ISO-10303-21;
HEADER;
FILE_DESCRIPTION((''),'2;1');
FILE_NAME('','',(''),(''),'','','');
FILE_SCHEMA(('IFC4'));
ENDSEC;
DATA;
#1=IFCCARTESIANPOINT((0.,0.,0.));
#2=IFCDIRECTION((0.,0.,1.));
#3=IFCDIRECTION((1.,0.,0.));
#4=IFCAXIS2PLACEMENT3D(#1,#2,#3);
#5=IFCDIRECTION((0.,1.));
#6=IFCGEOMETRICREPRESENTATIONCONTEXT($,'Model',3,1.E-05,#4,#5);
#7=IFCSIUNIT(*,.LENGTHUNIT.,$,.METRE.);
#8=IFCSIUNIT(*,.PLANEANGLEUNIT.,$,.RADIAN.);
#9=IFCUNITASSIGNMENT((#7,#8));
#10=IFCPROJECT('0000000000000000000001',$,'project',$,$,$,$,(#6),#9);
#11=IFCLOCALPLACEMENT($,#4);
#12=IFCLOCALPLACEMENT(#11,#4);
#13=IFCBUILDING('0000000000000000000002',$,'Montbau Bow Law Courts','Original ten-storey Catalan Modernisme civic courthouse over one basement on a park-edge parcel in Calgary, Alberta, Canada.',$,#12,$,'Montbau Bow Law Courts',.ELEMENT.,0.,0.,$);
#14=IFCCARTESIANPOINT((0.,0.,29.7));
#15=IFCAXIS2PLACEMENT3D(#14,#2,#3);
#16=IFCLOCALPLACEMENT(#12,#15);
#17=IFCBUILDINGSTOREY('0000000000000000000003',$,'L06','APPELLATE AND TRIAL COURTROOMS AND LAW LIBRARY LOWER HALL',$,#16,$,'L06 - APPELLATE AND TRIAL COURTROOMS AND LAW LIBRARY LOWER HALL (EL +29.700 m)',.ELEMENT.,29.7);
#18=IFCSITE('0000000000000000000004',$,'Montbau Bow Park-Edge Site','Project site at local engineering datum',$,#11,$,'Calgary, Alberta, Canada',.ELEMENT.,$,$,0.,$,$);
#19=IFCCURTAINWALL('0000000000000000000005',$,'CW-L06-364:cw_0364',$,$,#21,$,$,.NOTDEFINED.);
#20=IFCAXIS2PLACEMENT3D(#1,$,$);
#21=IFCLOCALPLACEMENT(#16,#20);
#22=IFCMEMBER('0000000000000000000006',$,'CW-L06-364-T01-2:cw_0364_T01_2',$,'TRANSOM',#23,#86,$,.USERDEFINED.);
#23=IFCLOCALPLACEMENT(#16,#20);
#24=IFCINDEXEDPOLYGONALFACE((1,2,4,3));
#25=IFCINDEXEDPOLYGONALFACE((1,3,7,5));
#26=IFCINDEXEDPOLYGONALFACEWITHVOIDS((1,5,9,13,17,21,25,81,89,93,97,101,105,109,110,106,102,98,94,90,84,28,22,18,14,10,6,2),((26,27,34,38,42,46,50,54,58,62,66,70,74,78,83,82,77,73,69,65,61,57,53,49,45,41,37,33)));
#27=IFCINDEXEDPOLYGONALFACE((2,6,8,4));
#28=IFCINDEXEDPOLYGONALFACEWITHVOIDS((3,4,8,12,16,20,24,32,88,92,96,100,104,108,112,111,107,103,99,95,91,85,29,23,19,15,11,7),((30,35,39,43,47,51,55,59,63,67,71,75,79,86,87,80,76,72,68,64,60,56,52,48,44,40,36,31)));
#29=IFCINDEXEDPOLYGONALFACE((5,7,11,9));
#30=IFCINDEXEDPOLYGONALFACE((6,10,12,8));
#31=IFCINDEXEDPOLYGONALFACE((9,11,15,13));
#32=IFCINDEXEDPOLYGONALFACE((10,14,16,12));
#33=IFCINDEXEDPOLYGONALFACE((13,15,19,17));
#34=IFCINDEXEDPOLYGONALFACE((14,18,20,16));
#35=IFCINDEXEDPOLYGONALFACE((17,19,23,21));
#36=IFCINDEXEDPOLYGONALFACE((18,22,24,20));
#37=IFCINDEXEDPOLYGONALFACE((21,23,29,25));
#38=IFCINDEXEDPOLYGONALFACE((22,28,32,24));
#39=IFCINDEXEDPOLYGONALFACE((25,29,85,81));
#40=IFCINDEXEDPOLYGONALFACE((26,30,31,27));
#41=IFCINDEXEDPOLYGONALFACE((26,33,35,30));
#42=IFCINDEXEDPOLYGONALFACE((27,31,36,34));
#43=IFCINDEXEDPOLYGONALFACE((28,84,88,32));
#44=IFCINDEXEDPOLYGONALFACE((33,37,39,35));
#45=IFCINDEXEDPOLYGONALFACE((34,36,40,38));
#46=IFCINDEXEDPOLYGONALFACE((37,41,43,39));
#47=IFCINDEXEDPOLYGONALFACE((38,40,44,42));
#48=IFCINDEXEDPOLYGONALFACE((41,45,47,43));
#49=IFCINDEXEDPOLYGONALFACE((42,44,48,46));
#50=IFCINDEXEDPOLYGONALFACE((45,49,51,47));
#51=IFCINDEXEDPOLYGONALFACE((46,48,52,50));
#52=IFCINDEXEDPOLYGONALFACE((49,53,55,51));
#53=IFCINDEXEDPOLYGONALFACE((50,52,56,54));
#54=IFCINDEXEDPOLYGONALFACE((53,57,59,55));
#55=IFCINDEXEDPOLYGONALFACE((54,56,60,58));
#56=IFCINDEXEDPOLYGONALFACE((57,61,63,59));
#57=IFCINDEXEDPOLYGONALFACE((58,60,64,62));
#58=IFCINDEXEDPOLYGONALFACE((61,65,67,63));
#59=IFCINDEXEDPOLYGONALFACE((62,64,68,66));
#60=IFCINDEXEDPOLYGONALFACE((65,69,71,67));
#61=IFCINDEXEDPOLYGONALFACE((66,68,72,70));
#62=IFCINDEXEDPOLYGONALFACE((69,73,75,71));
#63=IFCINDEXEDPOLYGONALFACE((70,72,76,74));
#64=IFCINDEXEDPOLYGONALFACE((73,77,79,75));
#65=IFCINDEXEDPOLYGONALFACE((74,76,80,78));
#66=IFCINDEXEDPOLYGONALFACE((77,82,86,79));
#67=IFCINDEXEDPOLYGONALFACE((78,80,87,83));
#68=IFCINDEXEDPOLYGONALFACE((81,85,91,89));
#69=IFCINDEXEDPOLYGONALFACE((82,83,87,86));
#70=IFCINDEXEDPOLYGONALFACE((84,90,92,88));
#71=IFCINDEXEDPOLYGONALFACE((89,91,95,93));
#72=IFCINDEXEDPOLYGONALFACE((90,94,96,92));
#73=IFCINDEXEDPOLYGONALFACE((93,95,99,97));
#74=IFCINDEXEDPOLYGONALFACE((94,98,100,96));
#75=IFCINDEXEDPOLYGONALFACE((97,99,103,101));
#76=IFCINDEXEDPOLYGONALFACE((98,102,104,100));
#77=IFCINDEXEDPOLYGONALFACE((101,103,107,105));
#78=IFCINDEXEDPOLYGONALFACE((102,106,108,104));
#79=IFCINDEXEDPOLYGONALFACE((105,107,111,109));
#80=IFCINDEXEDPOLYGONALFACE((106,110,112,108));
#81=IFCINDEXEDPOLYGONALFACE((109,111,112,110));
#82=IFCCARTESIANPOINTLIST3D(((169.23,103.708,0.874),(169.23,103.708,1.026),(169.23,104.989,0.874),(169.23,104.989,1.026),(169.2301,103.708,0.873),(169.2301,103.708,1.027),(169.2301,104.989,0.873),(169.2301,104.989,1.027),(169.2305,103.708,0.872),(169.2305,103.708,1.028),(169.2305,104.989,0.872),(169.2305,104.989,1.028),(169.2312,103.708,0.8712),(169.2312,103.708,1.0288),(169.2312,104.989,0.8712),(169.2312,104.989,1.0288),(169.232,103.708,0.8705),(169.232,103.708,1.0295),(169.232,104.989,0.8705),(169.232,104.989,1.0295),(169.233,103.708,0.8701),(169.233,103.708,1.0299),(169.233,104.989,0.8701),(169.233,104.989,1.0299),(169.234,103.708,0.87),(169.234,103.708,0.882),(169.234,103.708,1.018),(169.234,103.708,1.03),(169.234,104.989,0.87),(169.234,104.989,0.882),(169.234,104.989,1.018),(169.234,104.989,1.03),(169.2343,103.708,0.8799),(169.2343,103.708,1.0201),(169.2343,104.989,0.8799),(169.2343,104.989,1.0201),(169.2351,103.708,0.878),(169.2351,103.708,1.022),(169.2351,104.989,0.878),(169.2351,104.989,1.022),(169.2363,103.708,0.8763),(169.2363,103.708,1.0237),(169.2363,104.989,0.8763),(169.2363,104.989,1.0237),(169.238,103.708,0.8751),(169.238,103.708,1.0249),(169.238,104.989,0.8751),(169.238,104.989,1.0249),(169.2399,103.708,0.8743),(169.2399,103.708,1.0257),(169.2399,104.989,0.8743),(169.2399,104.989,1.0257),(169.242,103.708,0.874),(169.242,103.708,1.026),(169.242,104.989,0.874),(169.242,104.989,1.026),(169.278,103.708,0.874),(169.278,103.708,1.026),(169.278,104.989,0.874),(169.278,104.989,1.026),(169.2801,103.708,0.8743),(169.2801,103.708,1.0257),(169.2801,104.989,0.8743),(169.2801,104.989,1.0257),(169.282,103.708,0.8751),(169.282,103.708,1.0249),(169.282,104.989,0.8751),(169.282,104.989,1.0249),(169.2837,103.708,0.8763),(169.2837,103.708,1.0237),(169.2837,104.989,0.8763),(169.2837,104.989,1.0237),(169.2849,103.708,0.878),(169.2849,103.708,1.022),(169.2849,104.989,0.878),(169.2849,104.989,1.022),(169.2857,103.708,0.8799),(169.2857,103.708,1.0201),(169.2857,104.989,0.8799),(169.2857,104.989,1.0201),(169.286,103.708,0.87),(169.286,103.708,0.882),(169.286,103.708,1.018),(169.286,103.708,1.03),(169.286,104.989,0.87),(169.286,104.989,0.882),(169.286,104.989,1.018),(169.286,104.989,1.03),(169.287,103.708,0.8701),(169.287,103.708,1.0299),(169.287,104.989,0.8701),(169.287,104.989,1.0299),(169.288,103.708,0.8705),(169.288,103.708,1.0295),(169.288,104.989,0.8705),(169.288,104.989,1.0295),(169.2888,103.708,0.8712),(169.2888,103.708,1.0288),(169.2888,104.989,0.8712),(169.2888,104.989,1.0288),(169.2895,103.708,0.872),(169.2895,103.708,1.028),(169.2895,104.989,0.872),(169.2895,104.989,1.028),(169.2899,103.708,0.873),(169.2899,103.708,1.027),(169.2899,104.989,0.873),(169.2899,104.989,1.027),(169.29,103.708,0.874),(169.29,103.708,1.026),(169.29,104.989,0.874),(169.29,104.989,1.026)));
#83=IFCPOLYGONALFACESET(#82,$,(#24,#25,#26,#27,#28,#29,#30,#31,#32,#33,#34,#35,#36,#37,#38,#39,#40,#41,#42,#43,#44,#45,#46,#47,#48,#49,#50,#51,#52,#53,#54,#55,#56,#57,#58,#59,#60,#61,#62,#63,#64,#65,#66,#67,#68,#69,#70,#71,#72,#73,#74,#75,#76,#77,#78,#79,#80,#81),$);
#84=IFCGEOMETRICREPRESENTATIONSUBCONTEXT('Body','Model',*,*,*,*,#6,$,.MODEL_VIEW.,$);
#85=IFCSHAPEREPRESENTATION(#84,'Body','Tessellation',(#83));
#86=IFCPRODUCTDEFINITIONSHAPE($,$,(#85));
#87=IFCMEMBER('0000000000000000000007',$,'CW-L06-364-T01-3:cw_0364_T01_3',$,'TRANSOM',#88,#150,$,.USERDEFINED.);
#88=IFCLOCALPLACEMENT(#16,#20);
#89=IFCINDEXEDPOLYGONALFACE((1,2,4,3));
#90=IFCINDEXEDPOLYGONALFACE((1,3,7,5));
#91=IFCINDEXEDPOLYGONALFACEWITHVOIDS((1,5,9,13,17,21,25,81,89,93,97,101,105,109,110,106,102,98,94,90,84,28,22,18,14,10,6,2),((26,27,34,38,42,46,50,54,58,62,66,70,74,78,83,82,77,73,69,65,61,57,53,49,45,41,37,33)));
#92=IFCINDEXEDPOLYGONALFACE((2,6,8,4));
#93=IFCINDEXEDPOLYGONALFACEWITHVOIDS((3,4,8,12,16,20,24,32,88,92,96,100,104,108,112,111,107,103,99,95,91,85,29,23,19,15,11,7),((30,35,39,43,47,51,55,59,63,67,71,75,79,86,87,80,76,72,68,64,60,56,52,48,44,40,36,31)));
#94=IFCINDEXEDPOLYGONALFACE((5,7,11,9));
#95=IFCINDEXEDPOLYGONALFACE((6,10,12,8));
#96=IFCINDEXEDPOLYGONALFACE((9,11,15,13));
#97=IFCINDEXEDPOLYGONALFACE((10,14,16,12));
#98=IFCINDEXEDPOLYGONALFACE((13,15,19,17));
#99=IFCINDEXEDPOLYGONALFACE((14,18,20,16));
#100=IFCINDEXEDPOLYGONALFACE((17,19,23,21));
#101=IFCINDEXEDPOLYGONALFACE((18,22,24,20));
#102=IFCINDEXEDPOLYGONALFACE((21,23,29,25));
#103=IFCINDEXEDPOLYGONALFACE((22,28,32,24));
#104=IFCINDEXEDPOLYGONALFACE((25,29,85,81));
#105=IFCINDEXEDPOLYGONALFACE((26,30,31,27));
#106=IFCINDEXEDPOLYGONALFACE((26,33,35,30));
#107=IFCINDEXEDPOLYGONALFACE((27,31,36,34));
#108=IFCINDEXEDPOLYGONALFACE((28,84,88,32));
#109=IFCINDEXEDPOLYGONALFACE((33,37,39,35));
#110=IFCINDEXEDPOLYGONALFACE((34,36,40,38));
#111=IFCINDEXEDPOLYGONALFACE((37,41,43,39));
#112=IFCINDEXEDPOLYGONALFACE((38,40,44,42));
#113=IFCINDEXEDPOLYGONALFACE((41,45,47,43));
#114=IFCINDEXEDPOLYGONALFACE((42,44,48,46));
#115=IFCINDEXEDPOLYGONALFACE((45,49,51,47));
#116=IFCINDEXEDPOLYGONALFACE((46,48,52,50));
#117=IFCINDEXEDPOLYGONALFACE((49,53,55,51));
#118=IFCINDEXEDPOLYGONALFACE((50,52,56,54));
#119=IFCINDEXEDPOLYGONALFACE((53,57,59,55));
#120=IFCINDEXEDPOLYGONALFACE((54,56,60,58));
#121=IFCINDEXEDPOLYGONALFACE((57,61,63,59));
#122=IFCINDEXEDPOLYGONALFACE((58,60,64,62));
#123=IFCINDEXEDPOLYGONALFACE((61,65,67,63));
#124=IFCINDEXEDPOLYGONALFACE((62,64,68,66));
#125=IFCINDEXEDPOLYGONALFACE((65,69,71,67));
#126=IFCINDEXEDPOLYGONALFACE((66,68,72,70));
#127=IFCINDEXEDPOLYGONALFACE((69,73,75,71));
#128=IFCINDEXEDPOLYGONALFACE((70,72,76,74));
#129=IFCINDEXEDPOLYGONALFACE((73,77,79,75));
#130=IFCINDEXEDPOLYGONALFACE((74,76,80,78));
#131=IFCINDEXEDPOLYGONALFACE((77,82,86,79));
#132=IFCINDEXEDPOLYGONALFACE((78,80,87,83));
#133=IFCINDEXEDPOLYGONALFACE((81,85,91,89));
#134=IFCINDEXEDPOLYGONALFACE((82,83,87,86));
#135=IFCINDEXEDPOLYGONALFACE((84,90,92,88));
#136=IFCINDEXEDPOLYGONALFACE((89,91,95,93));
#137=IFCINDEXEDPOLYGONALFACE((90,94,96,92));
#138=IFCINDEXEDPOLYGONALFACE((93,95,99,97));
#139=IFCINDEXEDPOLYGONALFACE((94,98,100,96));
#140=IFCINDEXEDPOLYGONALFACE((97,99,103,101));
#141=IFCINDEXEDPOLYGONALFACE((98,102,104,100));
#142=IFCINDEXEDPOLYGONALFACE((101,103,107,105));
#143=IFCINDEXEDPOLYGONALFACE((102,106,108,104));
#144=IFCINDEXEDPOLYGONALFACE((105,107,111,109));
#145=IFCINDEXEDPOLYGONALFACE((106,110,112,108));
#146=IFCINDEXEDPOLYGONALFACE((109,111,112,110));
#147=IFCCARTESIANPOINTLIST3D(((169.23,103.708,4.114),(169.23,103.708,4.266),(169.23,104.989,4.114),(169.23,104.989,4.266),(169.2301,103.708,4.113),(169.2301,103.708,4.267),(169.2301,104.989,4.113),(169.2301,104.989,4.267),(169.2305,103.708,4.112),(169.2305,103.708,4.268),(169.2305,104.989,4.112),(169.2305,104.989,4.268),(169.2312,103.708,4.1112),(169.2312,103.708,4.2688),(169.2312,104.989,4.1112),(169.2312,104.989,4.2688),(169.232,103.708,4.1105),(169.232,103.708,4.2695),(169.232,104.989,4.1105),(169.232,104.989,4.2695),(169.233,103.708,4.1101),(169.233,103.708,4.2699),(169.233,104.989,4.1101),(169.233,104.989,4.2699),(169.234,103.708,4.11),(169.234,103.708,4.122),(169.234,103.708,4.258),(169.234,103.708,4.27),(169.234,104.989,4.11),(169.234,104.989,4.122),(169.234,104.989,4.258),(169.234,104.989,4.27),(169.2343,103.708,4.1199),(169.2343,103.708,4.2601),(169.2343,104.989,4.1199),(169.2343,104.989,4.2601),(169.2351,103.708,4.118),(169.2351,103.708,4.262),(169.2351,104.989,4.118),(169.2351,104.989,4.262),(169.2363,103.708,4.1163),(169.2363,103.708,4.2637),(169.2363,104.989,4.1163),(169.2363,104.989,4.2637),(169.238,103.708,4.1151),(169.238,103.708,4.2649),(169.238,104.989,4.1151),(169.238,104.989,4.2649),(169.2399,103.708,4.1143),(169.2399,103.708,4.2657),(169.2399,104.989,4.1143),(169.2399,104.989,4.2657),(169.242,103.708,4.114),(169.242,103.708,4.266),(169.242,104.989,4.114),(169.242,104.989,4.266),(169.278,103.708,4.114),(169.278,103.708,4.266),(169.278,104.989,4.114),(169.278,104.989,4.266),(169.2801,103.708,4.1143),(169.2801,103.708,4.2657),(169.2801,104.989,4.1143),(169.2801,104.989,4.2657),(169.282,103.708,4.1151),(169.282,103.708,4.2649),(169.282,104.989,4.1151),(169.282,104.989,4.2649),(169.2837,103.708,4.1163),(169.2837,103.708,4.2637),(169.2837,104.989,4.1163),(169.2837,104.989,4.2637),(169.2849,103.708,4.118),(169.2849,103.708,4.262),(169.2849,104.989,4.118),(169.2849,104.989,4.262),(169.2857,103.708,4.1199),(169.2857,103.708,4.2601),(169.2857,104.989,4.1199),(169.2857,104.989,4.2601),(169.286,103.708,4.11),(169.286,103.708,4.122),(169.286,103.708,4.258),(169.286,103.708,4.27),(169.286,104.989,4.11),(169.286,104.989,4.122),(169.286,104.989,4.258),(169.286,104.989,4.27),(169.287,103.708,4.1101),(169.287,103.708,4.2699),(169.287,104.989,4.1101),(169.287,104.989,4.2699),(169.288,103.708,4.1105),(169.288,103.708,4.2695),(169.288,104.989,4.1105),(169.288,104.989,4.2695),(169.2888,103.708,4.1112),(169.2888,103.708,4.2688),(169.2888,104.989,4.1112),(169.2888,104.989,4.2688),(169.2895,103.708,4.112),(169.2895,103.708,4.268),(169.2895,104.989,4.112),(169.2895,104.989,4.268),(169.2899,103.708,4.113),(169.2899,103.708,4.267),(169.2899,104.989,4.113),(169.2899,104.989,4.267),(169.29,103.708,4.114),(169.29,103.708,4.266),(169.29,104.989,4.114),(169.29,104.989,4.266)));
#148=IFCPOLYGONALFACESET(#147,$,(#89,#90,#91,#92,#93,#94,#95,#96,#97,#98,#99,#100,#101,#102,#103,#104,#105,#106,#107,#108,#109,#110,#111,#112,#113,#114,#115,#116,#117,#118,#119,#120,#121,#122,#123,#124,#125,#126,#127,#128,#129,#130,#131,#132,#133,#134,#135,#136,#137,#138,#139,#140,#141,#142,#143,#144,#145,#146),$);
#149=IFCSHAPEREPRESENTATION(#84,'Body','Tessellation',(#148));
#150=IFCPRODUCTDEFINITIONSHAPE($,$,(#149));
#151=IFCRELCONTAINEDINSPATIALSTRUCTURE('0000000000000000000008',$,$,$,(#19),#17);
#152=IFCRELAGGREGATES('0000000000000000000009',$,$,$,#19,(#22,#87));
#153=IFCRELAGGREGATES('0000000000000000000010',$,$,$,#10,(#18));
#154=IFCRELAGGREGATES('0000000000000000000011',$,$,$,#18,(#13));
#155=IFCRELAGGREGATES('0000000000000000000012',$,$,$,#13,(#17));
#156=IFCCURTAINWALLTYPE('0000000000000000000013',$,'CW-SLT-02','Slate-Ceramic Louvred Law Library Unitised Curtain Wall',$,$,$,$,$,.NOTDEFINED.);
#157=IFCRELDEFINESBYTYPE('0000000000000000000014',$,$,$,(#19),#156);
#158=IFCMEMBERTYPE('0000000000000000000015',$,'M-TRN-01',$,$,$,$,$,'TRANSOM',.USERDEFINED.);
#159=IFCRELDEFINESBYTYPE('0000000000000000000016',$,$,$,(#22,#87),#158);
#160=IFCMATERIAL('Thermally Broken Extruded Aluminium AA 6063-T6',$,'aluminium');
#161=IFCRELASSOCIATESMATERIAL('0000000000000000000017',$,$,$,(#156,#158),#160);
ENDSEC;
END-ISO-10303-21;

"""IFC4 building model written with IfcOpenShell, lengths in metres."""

from ifc_helpers import new_model, si_unit, direction, frame, origin_with_axes, origin_2d_with_axis, place, context, subcontext, project, spatial, hollow_rectangle, extrude, material, material_profile, profile_set, type_object, element, aggregate, save


model = new_model("IFC4")

# Units and contexts
model_context = context("Model", 3, precision=1e-05, world=origin_with_axes(), true_north=direction((0.0, 1.0)))
body_context = subcontext(model_context, "Body", "Model", "MODEL_VIEW")
ifc_project = project(units=[si_unit("LENGTHUNIT", "METRE"), si_unit("PLANEANGLEUNIT", "RADIAN")], contexts=[model_context])

# Site, building, storey
site_placement = place(None, origin_with_axes())
site = spatial("IfcSite", under=ifc_project, at=site_placement, Name="Montbau Bow Park-Edge Site", Description="Project site at local engineering datum", LongName="Calgary, Alberta, Canada", CompositionType="ELEMENT", RefElevation=0.0)
building_placement = place(site_placement, origin_with_axes())
building = spatial("IfcBuilding", under=site, at=building_placement, Name="Montbau Bow Law Courts", Description="Original ten-storey Catalan Modernisme civic courthouse over one basement on a park-edge parcel in Calgary, Alberta, Canada.", LongName="Montbau Bow Law Courts", CompositionType="ELEMENT", ElevationOfRefHeight=0.0, ElevationOfTerrain=0.0)
storey_placement = place(building_placement, frame((0.0, 0.0, 29.7), z_axis=(0.0, 0.0, 1.0), x_axis=(1.0, 0.0, 0.0)))
storey = spatial("IfcBuildingStorey", under=building, at=storey_placement, Name="L06", Description="APPELLATE AND TRIAL COURTROOMS AND LAW LIBRARY LOWER HALL", LongName="L06 - APPELLATE AND TRIAL COURTROOMS AND LAW LIBRARY LOWER HALL (EL +29.700 m)", CompositionType="ELEMENT", Elevation=29.7)

# Shared definitions
ifc_material_1 = material(Name="Thermally Broken Extruded Aluminium AA 6063-T6", Category="aluminium")
curtain_wall_type = type_object("IfcCurtainWallType", Name="CW-SLT-02", Description="Slate-Ceramic Louvred Law Library Unitised Curtain Wall", PredefinedType="NOTDEFINED", material=ifc_material_1)

# Curtain wall, members
curtain_wall_1_placement = place(None, frame((169.26, 103.64, 29.7), z_axis=(0.0, 0.0, 1.0), x_axis=(1.0, 0.0, 0.0)))
curtain_wall_1 = element("IfcCurtainWall", 1, at=curtain_wall_1_placement, inside=storey, type_object=curtain_wall_type, Name="CW-L06-364:cw_0364", PredefinedType="NOTDEFINED")
ifc_material_profile_1 = material_profile(ifc_material_1, hollow_rectangle(XDim=0.06, YDim=0.16, WallThickness=0.004, InnerFilletRadius=0.008, OuterFilletRadius=0.004, at=origin_2d_with_axis()), Name="CWT-160X60", Category="Main", Priority=0)
ifc_profile_set_1 = profile_set([ifc_material_profile_1], Name="Thermally Broken Extruded Aluminium AA 6063-T6")
member_type_1 = type_object("IfcMemberType", Name="M-TRN-01", ElementType="TRANSOM", PredefinedType="USERDEFINED", material=ifc_profile_set_1)
member_1_placement = place(None, frame((169.26, 103.708, 30.65), z_axis=(0.0, 1.0, 0.0), x_axis=(-1.0, 0.0, 0.0)))
member_1 = element("IfcMember", 2, at=member_1_placement, type_object=member_type_1, Name="CW-L06-364-T01-2:cw_0364_T01_2", ObjectType="TRANSOM", PredefinedType="USERDEFINED", context=body_context, shape_type="SweptSolid", body=[
    extrude(hollow_rectangle(XDim=0.06, YDim=0.16, WallThickness=0.004, InnerFilletRadius=0.008, OuterFilletRadius=0.004, at=origin_2d_with_axis()), origin_with_axes(), (0.0, 0.0, 1.0), 1.281),
])
member_2_placement = place(None, frame((169.26, 103.708, 33.89), z_axis=(0.0, 1.0, 0.0), x_axis=(-1.0, 0.0, 0.0)))
member_2 = element("IfcMember", 3, at=member_2_placement, type_object=member_type_1, Name="CW-L06-364-T01-3:cw_0364_T01_3", ObjectType="TRANSOM", PredefinedType="USERDEFINED", context=body_context, shape_type="SweptSolid", body=[
    extrude(hollow_rectangle(XDim=0.06, YDim=0.16, WallThickness=0.004, InnerFilletRadius=0.008, OuterFilletRadius=0.004, at=origin_2d_with_axis()), origin_with_axes(), (0.0, 0.0, 1.0), 1.281),
])

aggregate(curtain_wall_1, [member_1, member_2])

save(model, "model.ifc")
